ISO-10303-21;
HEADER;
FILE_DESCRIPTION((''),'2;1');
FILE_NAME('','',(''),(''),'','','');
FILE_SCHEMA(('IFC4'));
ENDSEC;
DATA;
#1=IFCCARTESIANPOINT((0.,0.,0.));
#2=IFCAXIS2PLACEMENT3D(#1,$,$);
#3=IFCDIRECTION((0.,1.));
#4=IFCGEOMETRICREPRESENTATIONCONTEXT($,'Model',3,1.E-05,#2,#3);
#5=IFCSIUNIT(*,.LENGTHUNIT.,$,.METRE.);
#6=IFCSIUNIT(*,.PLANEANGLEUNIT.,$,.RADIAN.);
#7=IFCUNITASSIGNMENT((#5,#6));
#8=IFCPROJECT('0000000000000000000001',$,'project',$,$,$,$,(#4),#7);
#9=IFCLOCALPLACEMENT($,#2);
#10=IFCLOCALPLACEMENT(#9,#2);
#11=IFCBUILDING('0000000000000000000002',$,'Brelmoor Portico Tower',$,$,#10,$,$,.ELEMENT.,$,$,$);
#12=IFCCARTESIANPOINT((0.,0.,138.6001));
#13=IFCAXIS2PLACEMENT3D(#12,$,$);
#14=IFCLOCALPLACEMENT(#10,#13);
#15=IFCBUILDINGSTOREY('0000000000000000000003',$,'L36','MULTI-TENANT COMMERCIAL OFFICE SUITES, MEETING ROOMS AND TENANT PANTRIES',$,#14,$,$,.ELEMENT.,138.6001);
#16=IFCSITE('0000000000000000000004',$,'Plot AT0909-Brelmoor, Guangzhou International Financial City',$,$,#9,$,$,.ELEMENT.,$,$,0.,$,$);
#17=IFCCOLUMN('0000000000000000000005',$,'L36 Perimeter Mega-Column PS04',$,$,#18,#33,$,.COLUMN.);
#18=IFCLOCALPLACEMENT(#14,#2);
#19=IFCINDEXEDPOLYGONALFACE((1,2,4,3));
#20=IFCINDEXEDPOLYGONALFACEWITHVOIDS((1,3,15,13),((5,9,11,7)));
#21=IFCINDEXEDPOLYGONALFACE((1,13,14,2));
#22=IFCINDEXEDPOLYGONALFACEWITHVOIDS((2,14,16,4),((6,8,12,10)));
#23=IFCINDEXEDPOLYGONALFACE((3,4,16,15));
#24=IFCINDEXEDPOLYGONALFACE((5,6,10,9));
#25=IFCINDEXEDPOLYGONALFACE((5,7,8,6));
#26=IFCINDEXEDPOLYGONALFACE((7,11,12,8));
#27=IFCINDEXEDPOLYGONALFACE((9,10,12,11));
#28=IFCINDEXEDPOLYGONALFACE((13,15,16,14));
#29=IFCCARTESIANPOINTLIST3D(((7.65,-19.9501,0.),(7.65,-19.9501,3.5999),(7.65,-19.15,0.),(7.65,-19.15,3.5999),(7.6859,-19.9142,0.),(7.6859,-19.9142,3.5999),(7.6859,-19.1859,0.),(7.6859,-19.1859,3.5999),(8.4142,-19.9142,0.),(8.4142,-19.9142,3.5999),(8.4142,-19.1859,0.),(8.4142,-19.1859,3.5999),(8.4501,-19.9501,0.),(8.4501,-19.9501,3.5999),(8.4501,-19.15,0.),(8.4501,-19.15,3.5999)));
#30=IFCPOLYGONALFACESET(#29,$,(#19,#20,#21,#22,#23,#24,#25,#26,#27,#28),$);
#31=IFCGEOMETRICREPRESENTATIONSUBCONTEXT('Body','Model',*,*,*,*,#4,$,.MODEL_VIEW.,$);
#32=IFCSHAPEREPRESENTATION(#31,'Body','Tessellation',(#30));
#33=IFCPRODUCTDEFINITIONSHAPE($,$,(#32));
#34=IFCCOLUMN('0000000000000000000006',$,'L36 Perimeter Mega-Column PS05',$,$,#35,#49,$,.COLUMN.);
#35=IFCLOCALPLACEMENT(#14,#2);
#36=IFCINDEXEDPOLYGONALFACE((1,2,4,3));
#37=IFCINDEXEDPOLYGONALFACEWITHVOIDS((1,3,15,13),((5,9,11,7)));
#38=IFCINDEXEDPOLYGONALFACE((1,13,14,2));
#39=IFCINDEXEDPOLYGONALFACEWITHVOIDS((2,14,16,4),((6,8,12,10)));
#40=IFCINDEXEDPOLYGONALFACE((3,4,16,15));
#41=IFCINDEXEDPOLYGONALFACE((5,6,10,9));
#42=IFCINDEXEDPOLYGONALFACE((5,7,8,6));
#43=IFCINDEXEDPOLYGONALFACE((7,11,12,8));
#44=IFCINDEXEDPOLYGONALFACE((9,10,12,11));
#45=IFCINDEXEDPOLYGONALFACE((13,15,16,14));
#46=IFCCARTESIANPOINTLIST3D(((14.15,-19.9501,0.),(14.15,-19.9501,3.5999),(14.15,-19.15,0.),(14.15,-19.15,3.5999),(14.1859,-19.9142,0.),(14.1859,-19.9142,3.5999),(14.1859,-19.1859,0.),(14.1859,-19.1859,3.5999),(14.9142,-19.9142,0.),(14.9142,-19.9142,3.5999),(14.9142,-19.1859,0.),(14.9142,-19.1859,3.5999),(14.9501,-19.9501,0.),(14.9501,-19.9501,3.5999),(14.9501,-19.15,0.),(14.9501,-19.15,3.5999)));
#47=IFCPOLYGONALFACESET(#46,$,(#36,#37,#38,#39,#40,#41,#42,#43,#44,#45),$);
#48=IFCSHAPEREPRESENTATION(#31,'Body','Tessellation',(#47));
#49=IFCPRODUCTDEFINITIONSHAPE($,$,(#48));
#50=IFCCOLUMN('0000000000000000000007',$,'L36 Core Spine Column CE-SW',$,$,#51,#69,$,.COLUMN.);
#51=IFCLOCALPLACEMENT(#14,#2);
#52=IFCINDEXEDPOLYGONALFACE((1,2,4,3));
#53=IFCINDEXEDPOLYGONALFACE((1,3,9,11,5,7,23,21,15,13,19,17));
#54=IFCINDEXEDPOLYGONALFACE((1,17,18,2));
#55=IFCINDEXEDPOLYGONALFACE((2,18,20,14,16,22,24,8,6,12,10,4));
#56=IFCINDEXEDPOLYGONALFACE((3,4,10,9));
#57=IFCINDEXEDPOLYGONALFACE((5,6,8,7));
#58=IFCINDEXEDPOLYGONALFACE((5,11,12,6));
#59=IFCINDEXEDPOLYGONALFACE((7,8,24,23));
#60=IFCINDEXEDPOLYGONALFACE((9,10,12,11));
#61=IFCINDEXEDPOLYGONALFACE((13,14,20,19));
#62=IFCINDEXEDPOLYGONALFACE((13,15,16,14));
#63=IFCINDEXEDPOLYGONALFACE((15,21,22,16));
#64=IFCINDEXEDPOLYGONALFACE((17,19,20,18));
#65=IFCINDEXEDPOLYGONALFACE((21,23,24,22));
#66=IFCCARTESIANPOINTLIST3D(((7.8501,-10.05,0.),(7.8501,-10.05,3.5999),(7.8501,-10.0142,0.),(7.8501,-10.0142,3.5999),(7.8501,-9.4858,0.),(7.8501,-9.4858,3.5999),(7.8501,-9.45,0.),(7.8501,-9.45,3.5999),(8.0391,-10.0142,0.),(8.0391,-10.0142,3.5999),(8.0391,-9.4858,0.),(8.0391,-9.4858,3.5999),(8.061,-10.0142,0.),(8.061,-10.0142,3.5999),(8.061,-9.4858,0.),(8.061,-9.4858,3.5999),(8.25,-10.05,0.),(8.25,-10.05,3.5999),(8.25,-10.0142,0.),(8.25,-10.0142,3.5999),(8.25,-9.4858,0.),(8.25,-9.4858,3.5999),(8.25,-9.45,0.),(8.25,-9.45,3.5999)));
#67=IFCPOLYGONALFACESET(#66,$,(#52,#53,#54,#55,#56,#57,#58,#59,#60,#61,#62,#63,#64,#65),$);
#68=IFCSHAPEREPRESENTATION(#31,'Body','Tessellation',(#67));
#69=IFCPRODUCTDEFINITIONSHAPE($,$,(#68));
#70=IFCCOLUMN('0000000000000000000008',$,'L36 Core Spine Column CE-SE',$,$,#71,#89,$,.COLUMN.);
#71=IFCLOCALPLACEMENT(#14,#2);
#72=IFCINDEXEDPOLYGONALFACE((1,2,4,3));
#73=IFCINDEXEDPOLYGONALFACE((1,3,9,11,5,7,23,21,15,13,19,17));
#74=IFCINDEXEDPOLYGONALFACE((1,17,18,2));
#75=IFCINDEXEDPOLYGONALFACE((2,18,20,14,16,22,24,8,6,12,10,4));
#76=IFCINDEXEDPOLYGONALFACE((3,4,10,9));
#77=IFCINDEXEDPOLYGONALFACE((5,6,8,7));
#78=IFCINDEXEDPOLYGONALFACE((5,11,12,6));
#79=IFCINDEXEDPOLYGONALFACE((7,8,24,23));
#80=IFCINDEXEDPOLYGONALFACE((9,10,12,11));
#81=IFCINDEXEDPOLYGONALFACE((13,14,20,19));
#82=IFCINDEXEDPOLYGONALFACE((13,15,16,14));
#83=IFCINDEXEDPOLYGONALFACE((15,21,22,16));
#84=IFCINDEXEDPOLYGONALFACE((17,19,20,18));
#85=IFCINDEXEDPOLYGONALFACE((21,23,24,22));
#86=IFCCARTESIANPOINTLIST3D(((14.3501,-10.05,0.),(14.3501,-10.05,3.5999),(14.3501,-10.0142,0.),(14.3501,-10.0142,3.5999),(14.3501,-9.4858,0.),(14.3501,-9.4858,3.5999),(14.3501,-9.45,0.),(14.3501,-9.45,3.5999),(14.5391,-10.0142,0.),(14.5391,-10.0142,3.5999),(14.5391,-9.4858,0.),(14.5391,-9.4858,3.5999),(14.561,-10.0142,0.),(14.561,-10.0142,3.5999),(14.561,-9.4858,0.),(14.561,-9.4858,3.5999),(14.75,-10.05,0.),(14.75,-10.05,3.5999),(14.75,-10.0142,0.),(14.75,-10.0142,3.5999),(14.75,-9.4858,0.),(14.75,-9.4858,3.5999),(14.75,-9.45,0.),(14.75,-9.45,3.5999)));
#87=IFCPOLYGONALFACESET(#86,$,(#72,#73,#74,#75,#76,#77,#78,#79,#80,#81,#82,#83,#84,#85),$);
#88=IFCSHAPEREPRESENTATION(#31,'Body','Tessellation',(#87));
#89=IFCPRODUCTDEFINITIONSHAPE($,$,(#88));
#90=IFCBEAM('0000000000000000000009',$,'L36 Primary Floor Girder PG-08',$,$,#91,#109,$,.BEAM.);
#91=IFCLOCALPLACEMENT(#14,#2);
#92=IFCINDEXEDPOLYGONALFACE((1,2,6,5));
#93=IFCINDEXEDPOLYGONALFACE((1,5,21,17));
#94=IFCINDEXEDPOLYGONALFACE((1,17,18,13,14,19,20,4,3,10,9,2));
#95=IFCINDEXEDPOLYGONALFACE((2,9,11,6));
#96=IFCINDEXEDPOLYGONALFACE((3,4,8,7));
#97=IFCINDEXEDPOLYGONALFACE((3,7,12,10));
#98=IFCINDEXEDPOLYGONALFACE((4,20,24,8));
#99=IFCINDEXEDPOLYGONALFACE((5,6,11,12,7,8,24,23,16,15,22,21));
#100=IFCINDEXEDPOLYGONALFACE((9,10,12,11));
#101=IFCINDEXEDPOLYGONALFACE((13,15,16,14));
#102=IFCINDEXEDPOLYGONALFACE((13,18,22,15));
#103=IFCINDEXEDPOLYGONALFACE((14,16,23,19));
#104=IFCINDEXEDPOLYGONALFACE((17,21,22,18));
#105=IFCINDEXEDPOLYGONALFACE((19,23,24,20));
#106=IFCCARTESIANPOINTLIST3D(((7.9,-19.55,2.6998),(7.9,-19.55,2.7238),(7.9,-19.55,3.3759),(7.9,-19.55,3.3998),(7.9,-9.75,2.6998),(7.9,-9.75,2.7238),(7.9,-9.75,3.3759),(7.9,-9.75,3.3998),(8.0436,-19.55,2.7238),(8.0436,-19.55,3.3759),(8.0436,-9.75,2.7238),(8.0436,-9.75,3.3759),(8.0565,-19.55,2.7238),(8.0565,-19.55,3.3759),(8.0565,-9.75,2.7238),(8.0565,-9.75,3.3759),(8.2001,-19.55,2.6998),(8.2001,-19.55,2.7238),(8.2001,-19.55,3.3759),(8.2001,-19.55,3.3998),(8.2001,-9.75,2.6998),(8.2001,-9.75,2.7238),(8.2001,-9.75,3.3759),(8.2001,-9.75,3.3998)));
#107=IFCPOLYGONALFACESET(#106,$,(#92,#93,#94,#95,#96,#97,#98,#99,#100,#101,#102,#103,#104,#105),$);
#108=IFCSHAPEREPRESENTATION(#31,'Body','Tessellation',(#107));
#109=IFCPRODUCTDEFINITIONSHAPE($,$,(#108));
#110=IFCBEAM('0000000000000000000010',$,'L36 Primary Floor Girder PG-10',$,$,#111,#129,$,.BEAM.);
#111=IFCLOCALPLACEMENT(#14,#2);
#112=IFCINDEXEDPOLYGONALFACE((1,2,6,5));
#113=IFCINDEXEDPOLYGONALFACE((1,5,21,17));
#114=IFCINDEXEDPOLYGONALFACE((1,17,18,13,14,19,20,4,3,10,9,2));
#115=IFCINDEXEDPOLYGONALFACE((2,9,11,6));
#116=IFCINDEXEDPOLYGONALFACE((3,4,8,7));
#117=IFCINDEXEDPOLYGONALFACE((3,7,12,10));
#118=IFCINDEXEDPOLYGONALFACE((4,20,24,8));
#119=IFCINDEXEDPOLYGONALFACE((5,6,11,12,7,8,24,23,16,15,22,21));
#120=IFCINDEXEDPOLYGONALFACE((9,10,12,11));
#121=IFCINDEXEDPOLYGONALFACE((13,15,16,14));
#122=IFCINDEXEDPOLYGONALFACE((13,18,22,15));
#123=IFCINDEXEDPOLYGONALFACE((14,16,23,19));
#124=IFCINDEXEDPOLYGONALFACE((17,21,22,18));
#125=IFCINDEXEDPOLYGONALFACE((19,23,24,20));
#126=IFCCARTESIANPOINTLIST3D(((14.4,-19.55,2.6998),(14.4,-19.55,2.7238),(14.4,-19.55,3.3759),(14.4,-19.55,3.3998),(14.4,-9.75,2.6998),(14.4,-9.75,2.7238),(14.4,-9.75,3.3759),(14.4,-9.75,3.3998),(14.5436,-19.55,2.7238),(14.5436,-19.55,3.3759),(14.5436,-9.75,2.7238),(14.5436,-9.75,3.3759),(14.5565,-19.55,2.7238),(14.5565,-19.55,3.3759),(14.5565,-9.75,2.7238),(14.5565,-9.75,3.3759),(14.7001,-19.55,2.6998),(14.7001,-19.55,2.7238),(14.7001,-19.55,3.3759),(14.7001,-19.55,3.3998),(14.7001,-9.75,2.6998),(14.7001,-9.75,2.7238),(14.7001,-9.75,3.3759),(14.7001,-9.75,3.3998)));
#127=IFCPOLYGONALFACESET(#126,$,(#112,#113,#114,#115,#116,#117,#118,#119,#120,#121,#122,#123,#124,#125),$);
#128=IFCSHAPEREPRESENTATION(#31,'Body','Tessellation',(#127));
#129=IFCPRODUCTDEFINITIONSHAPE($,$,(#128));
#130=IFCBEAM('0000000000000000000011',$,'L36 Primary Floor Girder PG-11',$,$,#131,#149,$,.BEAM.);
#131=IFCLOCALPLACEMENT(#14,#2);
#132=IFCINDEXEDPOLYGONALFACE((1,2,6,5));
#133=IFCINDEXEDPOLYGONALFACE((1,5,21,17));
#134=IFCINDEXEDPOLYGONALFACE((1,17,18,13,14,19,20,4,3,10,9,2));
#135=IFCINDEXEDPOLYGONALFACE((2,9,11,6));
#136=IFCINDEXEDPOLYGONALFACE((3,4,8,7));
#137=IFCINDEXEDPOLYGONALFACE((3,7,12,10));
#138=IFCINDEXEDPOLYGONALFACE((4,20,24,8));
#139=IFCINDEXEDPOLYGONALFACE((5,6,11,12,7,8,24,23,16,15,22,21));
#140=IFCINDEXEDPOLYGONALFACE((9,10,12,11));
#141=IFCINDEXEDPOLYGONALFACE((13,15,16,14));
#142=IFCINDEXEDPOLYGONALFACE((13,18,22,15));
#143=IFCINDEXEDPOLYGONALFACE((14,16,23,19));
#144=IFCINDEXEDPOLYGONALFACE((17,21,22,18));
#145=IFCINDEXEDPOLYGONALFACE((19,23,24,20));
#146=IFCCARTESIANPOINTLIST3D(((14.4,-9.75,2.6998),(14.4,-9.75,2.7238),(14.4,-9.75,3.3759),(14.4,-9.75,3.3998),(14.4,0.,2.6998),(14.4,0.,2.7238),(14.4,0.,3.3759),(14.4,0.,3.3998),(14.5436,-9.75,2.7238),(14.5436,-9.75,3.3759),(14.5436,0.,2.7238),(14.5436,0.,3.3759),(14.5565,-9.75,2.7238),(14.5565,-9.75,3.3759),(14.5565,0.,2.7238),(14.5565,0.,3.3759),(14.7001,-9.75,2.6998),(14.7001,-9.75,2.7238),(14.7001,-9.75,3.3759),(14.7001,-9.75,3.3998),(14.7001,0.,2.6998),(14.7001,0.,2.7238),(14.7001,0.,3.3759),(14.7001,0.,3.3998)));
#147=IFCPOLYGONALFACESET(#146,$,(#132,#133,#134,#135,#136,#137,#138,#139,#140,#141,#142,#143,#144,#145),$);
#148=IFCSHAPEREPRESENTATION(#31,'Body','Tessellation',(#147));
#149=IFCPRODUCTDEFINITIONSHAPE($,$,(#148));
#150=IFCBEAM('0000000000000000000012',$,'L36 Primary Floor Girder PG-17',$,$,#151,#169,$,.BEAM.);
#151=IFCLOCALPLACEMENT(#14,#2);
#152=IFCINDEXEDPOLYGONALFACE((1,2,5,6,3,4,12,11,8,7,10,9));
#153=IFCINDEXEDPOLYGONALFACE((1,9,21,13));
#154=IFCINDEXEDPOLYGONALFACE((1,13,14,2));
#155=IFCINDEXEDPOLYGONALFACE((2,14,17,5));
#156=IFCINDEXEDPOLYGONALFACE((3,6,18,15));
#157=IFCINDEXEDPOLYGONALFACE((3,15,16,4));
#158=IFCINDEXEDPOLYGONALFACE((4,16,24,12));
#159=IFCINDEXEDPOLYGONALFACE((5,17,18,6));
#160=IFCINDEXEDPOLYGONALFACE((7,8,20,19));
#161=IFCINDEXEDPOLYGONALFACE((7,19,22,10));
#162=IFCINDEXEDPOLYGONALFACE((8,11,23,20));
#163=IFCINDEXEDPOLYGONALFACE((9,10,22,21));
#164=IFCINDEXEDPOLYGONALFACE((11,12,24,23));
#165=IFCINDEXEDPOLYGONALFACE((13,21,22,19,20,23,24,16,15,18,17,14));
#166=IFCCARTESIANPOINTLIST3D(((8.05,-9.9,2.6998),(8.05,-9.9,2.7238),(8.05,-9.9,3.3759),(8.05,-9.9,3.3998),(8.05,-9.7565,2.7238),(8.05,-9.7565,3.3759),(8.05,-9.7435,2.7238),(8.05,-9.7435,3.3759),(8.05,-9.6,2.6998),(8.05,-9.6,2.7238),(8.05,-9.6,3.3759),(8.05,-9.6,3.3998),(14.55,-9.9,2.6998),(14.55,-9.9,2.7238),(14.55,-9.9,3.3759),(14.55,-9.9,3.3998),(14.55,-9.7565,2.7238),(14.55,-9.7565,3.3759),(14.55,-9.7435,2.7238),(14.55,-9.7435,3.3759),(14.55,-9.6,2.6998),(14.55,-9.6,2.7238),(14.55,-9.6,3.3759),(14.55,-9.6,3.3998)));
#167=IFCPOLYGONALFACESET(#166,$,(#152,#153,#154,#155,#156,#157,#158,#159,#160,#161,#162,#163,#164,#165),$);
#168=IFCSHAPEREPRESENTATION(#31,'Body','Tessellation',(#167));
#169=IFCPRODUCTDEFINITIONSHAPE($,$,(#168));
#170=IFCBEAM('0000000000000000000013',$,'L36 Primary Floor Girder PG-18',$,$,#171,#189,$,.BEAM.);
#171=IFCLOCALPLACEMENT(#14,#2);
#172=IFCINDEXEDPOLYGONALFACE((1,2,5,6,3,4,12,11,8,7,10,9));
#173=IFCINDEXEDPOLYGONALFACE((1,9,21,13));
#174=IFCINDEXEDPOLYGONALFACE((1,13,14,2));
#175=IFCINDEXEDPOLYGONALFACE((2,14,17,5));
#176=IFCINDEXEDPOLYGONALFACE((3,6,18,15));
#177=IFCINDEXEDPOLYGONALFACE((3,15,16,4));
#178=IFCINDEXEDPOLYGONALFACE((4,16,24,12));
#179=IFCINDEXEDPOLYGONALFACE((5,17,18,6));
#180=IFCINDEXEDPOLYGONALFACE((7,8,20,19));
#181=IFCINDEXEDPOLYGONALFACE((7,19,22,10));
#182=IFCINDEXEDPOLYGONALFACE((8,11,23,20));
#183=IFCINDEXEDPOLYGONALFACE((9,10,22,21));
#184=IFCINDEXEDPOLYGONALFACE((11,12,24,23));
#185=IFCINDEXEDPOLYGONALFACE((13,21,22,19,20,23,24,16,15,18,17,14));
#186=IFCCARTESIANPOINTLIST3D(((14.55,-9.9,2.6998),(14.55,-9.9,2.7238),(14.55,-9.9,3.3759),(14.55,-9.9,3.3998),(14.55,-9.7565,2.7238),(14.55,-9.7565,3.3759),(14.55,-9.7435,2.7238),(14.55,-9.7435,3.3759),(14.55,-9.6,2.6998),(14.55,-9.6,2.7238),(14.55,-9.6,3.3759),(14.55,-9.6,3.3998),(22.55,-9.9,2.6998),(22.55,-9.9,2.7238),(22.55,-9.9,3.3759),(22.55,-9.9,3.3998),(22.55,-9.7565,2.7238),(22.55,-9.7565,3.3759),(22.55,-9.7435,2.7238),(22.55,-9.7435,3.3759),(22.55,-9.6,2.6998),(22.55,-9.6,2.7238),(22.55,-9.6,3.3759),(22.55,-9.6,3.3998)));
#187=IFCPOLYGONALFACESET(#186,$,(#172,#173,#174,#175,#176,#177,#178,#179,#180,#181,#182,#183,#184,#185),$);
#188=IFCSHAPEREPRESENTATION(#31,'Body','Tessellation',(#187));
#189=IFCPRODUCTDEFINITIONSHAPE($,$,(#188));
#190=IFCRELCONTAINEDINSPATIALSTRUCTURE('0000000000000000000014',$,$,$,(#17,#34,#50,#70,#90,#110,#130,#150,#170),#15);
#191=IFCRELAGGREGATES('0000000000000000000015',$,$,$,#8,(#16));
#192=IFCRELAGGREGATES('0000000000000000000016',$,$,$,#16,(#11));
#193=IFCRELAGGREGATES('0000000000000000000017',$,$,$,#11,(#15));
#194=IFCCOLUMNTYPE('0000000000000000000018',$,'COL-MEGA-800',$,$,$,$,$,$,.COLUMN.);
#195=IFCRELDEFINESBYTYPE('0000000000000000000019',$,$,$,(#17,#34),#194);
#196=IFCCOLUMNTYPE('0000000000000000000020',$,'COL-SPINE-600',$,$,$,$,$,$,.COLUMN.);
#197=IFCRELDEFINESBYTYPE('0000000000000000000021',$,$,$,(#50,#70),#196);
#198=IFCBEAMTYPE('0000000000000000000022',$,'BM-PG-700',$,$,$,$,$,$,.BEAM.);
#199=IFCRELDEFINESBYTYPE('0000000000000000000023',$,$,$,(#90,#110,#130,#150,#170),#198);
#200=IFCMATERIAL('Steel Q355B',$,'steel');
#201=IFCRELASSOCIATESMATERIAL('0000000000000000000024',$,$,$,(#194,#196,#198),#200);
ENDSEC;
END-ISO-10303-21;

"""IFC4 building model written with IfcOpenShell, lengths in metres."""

from ifc_helpers import new_model, si_unit, direction, frame, origin, origin_2d, place, context, subcontext, project, spatial, hollow_rectangle, i_section, extrude, material, material_profile, profile_set, type_object, element, save


model = new_model("IFC4")

# Units and contexts
model_context = context("Model", 3, precision=1e-05, world=origin(), true_north=direction((0.0, 1.0)))
body_context = subcontext(model_context, "Body", "Model", "MODEL_VIEW")
ifc_project = project(units=[si_unit("LENGTHUNIT", "METRE"), si_unit("PLANEANGLEUNIT", "RADIAN")], contexts=[model_context])

# Site, building, storey
site_placement = place(None, origin())
site = spatial("IfcSite", under=ifc_project, at=site_placement, Name="Plot AT0909-Brelmoor, Guangzhou International Financial City", CompositionType="ELEMENT", RefElevation=0.0)
building_placement = place(site_placement, origin())
building = spatial("IfcBuilding", under=site, at=building_placement, Name="Brelmoor Portico Tower", CompositionType="ELEMENT")
storey_placement = place(building_placement, frame((0.0, 0.0, 138.6001)))
storey = spatial("IfcBuildingStorey", under=building, at=storey_placement, Name="L36", Description="MULTI-TENANT COMMERCIAL OFFICE SUITES, MEETING ROOMS AND TENANT PANTRIES", CompositionType="ELEMENT", Elevation=138.6001)

# Columns
ifc_material_1 = material(Name="Steel Q355B", Category="steel")
ifc_material_profile_1 = material_profile(ifc_material_1, hollow_rectangle(XDim=0.8, YDim=0.8, WallThickness=0.0359, at=origin_2d()), Name="BOX 800x800x36")
ifc_profile_set_1 = profile_set([ifc_material_profile_1], Name="Steel Q355B")
column_type_1 = type_object("IfcColumnType", Name="COL-MEGA-800", PredefinedType="COLUMN", material=ifc_profile_set_1)
for number, where, z_axis, x_axis, name in (
    (1, (8.05, -19.55, 0.0), (0.0, 0.0, 1.0), (1.0, 0.0, 0.0), "L36 Perimeter Mega-Column PS04"),
    (2, (14.55, -19.55, 0.0), (0.0, 0.0, 1.0), (1.0, 0.0, 0.0), "L36 Perimeter Mega-Column PS05"),
):
    element("IfcColumn", number, at=place(storey_placement, frame(where, z_axis=z_axis, x_axis=x_axis)), inside=storey, type_object=column_type_1, Name=name, PredefinedType="COLUMN", context=body_context, shape_type="SweptSolid", body=[
        extrude(hollow_rectangle(XDim=0.8, YDim=0.8, WallThickness=0.0359, at=origin_2d()), origin(), (0.0, 0.0, 1.0), 3.5999),
    ])
ifc_material_profile_2 = material_profile(ifc_material_1, i_section(OverallWidth=0.3999, OverallDepth=0.6001, WebThickness=0.022, FlangeThickness=0.0359, at=origin_2d()), Name="HW 600x400x22x36")
ifc_profile_set_2 = profile_set([ifc_material_profile_2], Name="Steel Q355B")
column_type_2 = type_object("IfcColumnType", Name="COL-SPINE-600", PredefinedType="COLUMN", material=ifc_profile_set_2)
for number, where, z_axis, x_axis, name in (
    (3, (8.05, -9.75, 0.0), (0.0, 0.0, 1.0), (1.0, 0.0, 0.0), "L36 Core Spine Column CE-SW"),
    (4, (14.55, -9.75, 0.0), (0.0, 0.0, 1.0), (1.0, 0.0, 0.0), "L36 Core Spine Column CE-SE"),
):
    element("IfcColumn", number, at=place(storey_placement, frame(where, z_axis=z_axis, x_axis=x_axis)), inside=storey, type_object=column_type_2, Name=name, PredefinedType="COLUMN", context=body_context, shape_type="SweptSolid", body=[
        extrude(i_section(OverallWidth=0.3999, OverallDepth=0.6001, WebThickness=0.022, FlangeThickness=0.0359, at=origin_2d()), origin(), (0.0, 0.0, 1.0), 3.5999),
    ])

# Beams
ifc_material_profile_3 = material_profile(ifc_material_1, i_section(OverallWidth=0.3, OverallDepth=0.7, WebThickness=0.0129, FlangeThickness=0.0239, at=origin_2d()), Name="HN 700x300x13x24")
ifc_profile_set_3 = profile_set([ifc_material_profile_3], Name="Steel Q355B")
beam_type_1 = type_object("IfcBeamType", Name="BM-PG-700", PredefinedType="BEAM", material=ifc_profile_set_3)
for number, where, z_axis, x_axis, name in (
    (5, (8.05, -19.55, 3.0498), (0.0, 1.0, 0.0), (-1.0, 0.0, 0.0), "L36 Primary Floor Girder PG-08"),
    (6, (14.55, -19.55, 3.0498), (0.0, 1.0, 0.0), (-1.0, 0.0, 0.0), "L36 Primary Floor Girder PG-10"),
):
    element("IfcBeam", number, at=place(storey_placement, frame(where, z_axis=z_axis, x_axis=x_axis)), inside=storey, type_object=beam_type_1, Name=name, PredefinedType="BEAM", context=body_context, shape_type="SweptSolid", body=[
        extrude(i_section(OverallWidth=0.3, OverallDepth=0.7, WebThickness=0.0129, FlangeThickness=0.0239, at=origin_2d()), origin(), (0.0, 0.0, 1.0), 9.8),
    ])
beam_1_placement = place(storey_placement, frame((14.55, -9.75, 3.0498), z_axis=(0.0, 1.0, 0.0), x_axis=(-1.0, 0.0, 0.0)))
element("IfcBeam", 7, at=beam_1_placement, inside=storey, type_object=beam_type_1, Name="L36 Primary Floor Girder PG-11", PredefinedType="BEAM", context=body_context, shape_type="SweptSolid", body=[
    extrude(i_section(OverallWidth=0.3, OverallDepth=0.7, WebThickness=0.0129, FlangeThickness=0.0239, at=origin_2d()), origin(), (0.0, 0.0, 1.0), 9.75),
])
beam_2_placement = place(storey_placement, frame((8.05, -9.75, 3.0498), z_axis=(1.0, 0.0, 0.0), x_axis=(0.0, 1.0, 0.0)))
element("IfcBeam", 8, at=beam_2_placement, inside=storey, type_object=beam_type_1, Name="L36 Primary Floor Girder PG-17", PredefinedType="BEAM", context=body_context, shape_type="SweptSolid", body=[
    extrude(i_section(OverallWidth=0.3, OverallDepth=0.7, WebThickness=0.0129, FlangeThickness=0.0239, at=origin_2d()), origin(), (0.0, 0.0, 1.0), 6.5),
])
beam_3_placement = place(storey_placement, frame((14.55, -9.75, 3.0498), z_axis=(1.0, 0.0, 0.0), x_axis=(0.0, 1.0, 0.0)))
element("IfcBeam", 9, at=beam_3_placement, inside=storey, type_object=beam_type_1, Name="L36 Primary Floor Girder PG-18", PredefinedType="BEAM", context=body_context, shape_type="SweptSolid", body=[
    extrude(i_section(OverallWidth=0.3, OverallDepth=0.7, WebThickness=0.0129, FlangeThickness=0.0239, at=origin_2d()), origin(), (0.0, 0.0, 1.0), 8.0),
])

save(model, "model.ifc")
